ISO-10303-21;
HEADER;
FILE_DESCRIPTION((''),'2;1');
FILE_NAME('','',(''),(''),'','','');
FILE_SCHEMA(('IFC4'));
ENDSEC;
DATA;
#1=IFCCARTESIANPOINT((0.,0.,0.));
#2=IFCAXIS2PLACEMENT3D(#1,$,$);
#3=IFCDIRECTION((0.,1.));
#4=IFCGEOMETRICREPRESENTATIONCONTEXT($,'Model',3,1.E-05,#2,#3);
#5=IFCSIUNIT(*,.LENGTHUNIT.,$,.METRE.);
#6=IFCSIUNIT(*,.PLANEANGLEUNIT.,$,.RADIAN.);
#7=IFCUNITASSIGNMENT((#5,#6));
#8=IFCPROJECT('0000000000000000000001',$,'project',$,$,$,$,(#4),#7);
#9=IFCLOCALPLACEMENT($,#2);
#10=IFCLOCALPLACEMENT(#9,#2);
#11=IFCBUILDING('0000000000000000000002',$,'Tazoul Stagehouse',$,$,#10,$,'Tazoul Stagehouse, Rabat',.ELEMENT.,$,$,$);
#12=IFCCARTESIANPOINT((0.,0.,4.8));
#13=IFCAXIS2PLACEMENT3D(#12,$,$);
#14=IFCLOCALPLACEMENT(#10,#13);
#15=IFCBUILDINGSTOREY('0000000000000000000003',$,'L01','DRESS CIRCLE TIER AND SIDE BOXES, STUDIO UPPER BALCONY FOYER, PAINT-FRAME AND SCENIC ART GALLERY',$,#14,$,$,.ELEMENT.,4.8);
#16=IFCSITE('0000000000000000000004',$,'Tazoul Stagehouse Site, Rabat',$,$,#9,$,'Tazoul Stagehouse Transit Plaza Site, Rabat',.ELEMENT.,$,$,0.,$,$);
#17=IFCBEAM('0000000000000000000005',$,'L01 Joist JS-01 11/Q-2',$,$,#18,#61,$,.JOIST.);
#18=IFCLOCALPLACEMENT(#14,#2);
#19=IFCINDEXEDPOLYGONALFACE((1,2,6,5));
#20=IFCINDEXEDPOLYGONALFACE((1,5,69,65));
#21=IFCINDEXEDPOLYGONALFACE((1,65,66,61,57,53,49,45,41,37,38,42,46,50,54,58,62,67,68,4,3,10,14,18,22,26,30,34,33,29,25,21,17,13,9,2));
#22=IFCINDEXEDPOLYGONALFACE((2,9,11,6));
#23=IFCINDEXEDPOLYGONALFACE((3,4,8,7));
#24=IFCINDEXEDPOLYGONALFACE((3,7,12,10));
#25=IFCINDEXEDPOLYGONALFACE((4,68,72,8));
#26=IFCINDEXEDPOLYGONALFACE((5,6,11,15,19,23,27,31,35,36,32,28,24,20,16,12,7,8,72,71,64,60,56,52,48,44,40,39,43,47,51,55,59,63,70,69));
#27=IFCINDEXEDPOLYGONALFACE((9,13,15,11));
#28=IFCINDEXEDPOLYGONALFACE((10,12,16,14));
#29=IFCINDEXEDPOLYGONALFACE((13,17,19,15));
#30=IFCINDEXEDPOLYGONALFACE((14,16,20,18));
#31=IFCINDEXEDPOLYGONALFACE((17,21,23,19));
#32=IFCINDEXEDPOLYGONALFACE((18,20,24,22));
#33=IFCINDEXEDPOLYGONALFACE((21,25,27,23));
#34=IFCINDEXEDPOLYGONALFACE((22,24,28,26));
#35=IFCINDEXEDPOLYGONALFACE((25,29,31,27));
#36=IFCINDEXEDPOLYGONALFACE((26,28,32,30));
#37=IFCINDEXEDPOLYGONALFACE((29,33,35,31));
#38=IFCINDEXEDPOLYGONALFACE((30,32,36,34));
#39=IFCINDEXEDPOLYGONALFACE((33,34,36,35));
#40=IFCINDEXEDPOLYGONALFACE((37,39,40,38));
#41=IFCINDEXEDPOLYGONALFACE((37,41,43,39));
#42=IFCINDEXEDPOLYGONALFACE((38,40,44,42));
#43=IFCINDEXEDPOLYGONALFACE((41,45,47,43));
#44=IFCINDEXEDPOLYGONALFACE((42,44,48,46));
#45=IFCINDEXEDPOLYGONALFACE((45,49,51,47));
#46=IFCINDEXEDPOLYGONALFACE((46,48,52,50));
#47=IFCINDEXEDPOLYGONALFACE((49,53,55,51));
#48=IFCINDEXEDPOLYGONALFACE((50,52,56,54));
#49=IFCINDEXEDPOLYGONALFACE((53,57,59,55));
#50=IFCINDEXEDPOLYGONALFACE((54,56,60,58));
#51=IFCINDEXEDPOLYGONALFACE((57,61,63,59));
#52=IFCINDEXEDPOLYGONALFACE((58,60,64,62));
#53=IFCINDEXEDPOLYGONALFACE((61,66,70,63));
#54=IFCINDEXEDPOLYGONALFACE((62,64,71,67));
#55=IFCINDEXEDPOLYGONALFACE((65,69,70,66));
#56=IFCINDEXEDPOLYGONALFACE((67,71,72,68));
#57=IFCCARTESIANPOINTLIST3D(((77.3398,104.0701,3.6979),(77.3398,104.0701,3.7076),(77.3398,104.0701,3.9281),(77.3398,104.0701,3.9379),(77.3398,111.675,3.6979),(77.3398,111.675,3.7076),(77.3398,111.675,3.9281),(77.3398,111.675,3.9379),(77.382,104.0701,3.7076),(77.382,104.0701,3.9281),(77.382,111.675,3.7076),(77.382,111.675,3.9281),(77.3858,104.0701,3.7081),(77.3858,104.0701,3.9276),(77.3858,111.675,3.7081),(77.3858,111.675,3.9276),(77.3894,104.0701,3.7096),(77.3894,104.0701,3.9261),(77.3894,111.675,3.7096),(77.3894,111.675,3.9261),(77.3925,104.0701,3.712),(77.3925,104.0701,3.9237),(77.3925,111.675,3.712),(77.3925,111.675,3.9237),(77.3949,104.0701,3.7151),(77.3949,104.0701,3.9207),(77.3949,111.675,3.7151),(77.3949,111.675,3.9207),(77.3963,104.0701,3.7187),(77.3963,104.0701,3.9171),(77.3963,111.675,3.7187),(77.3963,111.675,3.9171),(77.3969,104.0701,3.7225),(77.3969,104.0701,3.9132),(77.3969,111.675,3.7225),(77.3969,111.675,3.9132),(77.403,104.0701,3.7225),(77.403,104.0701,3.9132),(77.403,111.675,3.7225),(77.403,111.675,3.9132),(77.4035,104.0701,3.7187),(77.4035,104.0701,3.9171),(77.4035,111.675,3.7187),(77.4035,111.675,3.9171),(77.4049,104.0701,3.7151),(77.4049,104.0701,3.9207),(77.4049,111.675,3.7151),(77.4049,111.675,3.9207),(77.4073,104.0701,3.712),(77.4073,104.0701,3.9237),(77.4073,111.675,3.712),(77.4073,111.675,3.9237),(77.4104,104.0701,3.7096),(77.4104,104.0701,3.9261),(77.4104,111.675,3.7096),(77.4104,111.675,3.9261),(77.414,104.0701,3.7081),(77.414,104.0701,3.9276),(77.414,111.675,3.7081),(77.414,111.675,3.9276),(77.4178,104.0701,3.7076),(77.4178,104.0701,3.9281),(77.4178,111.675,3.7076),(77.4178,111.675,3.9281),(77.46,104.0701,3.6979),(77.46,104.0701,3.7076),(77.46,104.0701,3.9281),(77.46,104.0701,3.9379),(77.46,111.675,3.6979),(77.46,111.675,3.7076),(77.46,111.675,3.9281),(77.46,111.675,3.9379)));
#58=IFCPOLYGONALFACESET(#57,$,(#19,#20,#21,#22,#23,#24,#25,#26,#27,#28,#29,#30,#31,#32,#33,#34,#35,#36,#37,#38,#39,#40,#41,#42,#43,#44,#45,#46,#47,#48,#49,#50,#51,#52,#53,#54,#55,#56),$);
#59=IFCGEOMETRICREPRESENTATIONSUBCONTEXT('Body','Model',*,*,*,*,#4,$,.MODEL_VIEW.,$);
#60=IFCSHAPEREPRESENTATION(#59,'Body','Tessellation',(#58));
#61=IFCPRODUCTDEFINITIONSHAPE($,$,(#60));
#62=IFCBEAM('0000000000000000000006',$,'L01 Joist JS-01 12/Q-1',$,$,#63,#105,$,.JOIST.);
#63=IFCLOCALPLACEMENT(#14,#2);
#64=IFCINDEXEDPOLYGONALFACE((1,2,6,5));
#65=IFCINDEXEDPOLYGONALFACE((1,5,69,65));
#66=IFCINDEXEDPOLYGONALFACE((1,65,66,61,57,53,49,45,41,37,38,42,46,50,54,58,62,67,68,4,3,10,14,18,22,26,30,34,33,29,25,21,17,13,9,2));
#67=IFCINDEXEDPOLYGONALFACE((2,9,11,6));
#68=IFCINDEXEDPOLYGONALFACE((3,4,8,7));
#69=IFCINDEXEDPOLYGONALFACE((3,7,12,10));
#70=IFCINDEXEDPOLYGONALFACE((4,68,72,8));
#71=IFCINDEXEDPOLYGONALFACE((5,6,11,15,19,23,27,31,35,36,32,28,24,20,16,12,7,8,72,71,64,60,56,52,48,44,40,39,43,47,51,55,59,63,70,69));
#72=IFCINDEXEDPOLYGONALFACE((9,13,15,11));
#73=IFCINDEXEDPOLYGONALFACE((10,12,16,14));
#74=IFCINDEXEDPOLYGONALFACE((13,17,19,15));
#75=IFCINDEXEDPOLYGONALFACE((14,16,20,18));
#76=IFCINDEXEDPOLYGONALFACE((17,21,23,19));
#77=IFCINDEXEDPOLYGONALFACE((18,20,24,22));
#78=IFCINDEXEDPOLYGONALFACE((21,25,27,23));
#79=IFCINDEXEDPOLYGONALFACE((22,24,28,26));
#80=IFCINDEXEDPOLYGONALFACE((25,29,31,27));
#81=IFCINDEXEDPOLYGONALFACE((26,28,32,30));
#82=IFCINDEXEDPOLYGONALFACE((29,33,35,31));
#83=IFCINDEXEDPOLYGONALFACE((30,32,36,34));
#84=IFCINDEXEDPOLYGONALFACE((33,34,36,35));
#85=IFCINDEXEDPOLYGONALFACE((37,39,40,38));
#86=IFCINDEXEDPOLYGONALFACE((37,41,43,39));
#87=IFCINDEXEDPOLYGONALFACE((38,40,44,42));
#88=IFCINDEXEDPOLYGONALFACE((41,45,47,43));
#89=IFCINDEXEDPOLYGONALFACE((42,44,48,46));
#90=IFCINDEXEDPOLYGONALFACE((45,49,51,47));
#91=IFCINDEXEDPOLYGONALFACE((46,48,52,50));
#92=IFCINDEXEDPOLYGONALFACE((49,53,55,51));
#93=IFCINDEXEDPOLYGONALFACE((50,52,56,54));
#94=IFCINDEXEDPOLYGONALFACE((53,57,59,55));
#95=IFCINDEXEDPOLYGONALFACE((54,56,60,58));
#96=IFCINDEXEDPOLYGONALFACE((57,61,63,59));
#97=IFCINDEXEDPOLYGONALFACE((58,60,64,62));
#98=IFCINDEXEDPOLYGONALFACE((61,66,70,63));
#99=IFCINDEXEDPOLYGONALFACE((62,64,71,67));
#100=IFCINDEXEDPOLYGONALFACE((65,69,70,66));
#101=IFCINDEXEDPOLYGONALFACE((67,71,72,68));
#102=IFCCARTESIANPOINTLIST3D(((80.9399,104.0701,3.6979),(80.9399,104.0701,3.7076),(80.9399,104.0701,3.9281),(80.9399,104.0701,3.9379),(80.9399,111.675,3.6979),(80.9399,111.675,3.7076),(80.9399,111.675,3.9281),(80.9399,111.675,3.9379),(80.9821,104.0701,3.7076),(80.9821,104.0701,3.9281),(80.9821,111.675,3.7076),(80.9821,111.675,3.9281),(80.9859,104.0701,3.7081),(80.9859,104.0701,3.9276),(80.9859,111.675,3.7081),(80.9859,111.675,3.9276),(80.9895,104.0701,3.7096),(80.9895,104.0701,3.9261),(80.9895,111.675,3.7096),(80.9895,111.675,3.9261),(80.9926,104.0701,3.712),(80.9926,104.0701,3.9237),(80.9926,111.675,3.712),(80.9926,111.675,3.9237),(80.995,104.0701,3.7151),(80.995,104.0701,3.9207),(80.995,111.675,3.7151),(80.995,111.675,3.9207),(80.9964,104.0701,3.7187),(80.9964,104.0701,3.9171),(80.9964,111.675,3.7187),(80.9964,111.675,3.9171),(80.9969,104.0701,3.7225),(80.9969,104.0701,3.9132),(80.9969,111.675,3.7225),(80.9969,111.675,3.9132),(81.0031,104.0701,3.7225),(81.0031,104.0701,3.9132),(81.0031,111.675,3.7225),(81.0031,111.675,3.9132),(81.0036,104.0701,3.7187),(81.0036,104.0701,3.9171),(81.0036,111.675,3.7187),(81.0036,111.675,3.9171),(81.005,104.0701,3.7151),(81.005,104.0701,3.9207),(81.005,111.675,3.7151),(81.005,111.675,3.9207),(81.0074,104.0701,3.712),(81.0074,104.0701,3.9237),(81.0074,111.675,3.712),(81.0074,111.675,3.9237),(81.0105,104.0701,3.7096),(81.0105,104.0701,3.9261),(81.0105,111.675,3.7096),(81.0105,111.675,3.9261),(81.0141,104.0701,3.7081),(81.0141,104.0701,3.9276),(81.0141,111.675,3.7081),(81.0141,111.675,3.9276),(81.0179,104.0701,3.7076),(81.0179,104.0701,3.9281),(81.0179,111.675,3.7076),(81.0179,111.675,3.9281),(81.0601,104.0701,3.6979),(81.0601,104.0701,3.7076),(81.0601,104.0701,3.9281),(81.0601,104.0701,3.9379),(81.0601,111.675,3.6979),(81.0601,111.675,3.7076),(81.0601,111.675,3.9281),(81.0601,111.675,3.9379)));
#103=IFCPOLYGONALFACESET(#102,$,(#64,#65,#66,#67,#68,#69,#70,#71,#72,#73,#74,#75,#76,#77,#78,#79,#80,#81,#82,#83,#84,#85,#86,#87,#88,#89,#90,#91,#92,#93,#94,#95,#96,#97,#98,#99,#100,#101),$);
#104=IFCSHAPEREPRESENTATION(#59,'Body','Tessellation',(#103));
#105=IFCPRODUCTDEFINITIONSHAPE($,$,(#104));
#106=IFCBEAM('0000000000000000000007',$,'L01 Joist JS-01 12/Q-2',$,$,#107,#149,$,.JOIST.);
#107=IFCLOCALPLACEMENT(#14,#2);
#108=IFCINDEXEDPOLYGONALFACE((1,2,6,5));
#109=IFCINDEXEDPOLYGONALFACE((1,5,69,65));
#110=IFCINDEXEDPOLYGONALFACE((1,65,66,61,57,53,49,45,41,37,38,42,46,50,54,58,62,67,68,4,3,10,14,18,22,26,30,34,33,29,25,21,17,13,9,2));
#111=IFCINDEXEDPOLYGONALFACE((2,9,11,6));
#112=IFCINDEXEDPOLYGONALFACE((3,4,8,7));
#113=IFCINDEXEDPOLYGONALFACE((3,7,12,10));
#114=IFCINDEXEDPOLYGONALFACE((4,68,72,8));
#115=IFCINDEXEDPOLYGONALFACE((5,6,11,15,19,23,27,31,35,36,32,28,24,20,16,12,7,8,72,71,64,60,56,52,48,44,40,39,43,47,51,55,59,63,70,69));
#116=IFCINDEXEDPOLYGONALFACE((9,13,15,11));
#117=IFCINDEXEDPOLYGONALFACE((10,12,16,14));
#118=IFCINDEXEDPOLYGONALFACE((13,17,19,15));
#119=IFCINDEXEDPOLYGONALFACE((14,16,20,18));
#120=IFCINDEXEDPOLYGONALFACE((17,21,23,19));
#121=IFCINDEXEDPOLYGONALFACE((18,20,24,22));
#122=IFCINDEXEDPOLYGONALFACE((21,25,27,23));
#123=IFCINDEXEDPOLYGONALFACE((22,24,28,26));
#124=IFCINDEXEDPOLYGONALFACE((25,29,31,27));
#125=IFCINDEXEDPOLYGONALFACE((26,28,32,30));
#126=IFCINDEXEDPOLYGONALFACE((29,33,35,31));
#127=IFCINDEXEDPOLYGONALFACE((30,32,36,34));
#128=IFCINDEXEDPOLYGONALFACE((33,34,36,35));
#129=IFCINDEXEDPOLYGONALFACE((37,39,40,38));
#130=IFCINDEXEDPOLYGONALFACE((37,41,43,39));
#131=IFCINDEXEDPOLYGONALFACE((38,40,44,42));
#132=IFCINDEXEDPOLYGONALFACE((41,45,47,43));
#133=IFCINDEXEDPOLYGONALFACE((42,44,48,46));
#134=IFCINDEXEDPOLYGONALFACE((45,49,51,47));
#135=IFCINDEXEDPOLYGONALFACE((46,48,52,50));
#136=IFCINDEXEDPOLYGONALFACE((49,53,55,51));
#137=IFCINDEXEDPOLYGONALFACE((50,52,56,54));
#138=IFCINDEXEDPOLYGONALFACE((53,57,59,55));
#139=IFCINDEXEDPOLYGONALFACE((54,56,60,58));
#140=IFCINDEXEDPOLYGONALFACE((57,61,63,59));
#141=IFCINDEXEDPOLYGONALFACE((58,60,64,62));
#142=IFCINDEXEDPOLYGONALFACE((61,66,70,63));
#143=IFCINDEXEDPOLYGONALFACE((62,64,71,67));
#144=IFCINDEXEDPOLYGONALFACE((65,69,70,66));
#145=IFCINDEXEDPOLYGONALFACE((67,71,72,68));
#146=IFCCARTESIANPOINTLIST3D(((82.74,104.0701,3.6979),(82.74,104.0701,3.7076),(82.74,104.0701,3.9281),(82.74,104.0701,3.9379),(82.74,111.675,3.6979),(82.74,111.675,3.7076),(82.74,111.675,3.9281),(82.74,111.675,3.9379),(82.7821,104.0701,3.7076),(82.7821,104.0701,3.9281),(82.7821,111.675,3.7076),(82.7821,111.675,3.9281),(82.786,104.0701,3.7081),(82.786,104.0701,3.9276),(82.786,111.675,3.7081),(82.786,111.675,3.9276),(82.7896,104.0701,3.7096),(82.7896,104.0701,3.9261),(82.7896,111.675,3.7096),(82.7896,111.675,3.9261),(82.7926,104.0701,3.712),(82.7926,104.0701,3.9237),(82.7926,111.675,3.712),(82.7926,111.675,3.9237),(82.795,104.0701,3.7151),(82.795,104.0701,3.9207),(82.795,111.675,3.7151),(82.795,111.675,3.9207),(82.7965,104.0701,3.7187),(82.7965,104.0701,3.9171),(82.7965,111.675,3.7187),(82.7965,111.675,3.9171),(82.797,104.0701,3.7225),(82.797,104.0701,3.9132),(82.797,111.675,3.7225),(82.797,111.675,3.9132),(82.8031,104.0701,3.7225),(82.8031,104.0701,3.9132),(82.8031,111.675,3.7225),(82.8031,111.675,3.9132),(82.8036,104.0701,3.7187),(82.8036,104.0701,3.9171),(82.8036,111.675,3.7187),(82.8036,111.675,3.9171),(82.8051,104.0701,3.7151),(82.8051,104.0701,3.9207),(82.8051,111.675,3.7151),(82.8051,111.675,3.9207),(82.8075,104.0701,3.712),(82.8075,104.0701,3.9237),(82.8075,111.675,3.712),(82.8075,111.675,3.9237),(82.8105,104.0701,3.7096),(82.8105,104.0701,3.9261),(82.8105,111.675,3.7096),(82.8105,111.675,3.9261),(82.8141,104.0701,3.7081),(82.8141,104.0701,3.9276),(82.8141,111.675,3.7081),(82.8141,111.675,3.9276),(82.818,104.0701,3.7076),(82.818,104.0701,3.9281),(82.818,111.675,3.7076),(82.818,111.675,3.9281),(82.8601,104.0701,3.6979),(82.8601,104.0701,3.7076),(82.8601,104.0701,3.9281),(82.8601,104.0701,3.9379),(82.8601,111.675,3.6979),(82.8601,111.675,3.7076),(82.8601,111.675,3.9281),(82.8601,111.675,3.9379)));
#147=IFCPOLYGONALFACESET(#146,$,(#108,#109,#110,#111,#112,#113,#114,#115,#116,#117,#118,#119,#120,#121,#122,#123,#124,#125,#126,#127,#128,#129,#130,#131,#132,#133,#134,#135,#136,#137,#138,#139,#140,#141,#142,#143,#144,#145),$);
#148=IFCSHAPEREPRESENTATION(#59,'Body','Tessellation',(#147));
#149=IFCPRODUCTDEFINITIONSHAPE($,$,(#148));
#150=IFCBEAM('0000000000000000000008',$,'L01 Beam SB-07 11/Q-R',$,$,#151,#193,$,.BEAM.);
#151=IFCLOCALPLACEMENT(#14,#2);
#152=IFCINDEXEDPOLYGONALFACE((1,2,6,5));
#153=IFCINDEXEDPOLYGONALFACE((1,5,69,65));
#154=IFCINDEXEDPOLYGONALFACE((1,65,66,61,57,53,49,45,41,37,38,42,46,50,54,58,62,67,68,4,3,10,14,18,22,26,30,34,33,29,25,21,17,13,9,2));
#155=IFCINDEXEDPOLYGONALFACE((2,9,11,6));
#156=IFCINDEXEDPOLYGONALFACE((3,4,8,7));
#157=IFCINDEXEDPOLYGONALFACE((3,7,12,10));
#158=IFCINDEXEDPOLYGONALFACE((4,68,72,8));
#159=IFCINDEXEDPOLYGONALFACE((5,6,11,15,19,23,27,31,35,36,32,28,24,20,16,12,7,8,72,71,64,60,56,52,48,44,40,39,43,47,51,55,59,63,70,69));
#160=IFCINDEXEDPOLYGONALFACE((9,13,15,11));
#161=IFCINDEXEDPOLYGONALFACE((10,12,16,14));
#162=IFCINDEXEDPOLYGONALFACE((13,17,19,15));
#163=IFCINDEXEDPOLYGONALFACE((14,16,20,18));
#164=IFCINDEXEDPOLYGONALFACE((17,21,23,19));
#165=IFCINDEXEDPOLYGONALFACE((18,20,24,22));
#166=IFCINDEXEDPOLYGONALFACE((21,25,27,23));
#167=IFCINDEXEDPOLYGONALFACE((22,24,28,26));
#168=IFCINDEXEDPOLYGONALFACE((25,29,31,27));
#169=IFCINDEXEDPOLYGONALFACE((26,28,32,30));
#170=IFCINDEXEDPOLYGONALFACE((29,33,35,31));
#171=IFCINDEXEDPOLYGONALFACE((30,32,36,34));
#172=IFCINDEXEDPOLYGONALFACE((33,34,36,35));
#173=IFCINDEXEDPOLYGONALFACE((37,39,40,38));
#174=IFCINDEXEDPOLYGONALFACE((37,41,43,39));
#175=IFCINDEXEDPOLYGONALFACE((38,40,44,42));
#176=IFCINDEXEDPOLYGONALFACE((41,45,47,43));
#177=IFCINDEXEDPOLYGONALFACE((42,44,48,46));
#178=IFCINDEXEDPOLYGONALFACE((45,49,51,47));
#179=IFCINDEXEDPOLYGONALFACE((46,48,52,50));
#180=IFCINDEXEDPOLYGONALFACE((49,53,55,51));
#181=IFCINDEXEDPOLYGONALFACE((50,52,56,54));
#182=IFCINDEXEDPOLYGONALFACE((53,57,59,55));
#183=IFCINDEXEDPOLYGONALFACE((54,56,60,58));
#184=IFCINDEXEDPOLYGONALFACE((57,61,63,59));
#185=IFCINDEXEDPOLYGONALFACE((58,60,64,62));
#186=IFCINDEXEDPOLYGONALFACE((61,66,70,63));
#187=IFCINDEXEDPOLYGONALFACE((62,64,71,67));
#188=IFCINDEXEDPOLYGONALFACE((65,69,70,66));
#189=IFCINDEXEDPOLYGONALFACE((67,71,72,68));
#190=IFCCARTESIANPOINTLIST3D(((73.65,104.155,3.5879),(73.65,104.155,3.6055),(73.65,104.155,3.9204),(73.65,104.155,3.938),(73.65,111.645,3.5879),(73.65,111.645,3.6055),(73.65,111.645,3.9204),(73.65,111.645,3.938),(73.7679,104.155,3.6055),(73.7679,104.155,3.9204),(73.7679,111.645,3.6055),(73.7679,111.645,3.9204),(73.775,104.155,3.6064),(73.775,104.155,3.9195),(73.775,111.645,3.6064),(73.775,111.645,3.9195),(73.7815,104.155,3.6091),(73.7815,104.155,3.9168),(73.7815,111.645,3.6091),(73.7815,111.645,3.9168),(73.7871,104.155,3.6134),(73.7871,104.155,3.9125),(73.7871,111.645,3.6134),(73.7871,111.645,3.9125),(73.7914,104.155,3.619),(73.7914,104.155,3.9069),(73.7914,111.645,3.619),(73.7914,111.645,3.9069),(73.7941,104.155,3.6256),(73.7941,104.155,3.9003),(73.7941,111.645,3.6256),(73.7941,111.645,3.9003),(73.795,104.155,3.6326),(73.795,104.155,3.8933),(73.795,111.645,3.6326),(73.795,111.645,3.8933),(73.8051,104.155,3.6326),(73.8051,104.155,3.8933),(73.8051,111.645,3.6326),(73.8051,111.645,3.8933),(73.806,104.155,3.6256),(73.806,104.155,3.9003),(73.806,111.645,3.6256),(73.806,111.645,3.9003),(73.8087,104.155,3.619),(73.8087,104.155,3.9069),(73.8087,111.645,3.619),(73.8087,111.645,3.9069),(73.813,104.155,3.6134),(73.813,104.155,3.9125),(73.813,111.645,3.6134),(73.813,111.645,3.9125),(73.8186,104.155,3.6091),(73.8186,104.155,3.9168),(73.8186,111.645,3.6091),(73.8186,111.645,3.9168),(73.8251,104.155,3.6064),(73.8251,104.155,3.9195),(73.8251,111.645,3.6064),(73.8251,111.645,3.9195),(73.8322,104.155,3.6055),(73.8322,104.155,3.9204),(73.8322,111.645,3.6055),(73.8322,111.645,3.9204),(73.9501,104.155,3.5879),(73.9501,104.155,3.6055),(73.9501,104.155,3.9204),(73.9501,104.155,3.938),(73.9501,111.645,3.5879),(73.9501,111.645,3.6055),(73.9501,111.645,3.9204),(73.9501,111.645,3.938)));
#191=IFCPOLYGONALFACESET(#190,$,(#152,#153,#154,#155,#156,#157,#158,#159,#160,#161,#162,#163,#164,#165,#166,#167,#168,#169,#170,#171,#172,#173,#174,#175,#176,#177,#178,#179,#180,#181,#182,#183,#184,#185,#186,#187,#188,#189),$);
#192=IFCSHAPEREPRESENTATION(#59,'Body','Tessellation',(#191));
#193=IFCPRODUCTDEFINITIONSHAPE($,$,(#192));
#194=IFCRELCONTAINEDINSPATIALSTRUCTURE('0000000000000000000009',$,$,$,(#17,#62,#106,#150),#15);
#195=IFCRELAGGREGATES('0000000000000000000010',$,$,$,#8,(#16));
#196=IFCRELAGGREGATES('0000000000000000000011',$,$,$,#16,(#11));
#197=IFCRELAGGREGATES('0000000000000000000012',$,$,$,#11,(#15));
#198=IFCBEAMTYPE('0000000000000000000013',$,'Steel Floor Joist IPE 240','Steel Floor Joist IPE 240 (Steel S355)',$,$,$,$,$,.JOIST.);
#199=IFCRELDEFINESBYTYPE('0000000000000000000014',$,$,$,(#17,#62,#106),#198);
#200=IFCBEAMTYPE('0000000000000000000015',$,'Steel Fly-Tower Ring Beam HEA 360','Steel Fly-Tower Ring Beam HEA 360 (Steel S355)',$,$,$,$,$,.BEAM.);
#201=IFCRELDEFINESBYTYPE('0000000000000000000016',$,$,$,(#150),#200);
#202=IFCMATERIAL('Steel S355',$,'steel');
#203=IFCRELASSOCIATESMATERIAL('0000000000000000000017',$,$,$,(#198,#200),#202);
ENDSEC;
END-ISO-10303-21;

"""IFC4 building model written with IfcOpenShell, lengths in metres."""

from ifc_helpers import new_model, si_unit, direction, frame, origin, origin_2d, place, context, subcontext, project, spatial, i_section, extrude, material, material_profile, profile_set, type_object, element, save


model = new_model("IFC4")

# Units and contexts
model_context = context("Model", 3, precision=1e-05, world=origin(), true_north=direction((0.0, 1.0)))
body_context = subcontext(model_context, "Body", "Model", "MODEL_VIEW")
ifc_project = project(units=[si_unit("LENGTHUNIT", "METRE"), si_unit("PLANEANGLEUNIT", "RADIAN")], contexts=[model_context])

# Site, building, storey
site_placement = place(None, origin())
site = spatial("IfcSite", under=ifc_project, at=site_placement, Name="Tazoul Stagehouse Site, Rabat", LongName="Tazoul Stagehouse Transit Plaza Site, Rabat", CompositionType="ELEMENT", RefElevation=0.0)
building_placement = place(site_placement, origin())
building = spatial("IfcBuilding", under=site, at=building_placement, Name="Tazoul Stagehouse", LongName="Tazoul Stagehouse, Rabat", CompositionType="ELEMENT")
storey_placement = place(building_placement, frame((0.0, 0.0, 4.8)))
storey = spatial("IfcBuildingStorey", under=building, at=storey_placement, Name="L01", Description="DRESS CIRCLE TIER AND SIDE BOXES, STUDIO UPPER BALCONY FOYER, PAINT-FRAME AND SCENIC ART GALLERY", CompositionType="ELEMENT", Elevation=4.8)

# Shared definitions
ifc_material = material(Name="Steel S355", Category="steel")

# Beams
ifc_material_profile_1 = material_profile(ifc_material, i_section(OverallWidth=0.1201, OverallDepth=0.24, WebThickness=0.0061, FlangeThickness=0.0098, FilletRadius=0.0149, at=origin_2d()), Name="IPE 240")
ifc_profile_set_1 = profile_set([ifc_material_profile_1], Name="Steel S355")
beam_type_1 = type_object("IfcBeamType", Name="Steel Floor Joist IPE 240", Description="Steel Floor Joist IPE 240 (Steel S355)", PredefinedType="JOIST", material=ifc_profile_set_1)
for number, where, z_axis, x_axis, name in (
    (1, (77.3999, 104.0701, 3.8179), (0.0, 1.0, 0.0), (-1.0, 0.0, 0.0), "L01 Joist JS-01 11/Q-2"),
    (2, (81.0, 104.0701, 3.8179), (0.0, 1.0, 0.0), (-1.0, 0.0, 0.0), "L01 Joist JS-01 12/Q-1"),
    (3, (82.8, 104.0701, 3.8179), (0.0, 1.0, 0.0), (-1.0, 0.0, 0.0), "L01 Joist JS-01 12/Q-2"),
):
    element("IfcBeam", number, at=place(storey_placement, frame(where, z_axis=z_axis, x_axis=x_axis)), inside=storey, type_object=beam_type_1, Name=name, PredefinedType="JOIST", context=body_context, shape_type="SweptSolid", body=[
        extrude(i_section(OverallWidth=0.1201, OverallDepth=0.24, WebThickness=0.0061, FlangeThickness=0.0098, FilletRadius=0.0149, at=origin_2d()), origin(), (0.0, 0.0, 1.0), 7.605),
    ])
ifc_material_profile_2 = material_profile(ifc_material, i_section(OverallWidth=0.3, OverallDepth=0.3501, WebThickness=0.01, FlangeThickness=0.0176, FilletRadius=0.0271, at=origin_2d()), Name="HEA 360")
ifc_profile_set_2 = profile_set([ifc_material_profile_2], Name="Steel S355")
beam_type_2 = type_object("IfcBeamType", Name="Steel Fly-Tower Ring Beam HEA 360", Description="Steel Fly-Tower Ring Beam HEA 360 (Steel S355)", PredefinedType="BEAM", material=ifc_profile_set_2)
for number, where, z_axis, x_axis, name in (
    (4, (73.8, 104.155, 3.7629), (0.0, 1.0, 0.0), (-1.0, 0.0, 0.0), "L01 Beam SB-07 11/Q-R"),
):
    element("IfcBeam", number, at=place(storey_placement, frame(where, z_axis=z_axis, x_axis=x_axis)), inside=storey, type_object=beam_type_2, Name=name, PredefinedType="BEAM", context=body_context, shape_type="SweptSolid", body=[
        extrude(i_section(OverallWidth=0.3, OverallDepth=0.3501, WebThickness=0.01, FlangeThickness=0.0176, FilletRadius=0.0271, at=origin_2d()), origin(), (0.0, 0.0, 1.0), 7.49),
    ])

save(model, "model.ifc")
